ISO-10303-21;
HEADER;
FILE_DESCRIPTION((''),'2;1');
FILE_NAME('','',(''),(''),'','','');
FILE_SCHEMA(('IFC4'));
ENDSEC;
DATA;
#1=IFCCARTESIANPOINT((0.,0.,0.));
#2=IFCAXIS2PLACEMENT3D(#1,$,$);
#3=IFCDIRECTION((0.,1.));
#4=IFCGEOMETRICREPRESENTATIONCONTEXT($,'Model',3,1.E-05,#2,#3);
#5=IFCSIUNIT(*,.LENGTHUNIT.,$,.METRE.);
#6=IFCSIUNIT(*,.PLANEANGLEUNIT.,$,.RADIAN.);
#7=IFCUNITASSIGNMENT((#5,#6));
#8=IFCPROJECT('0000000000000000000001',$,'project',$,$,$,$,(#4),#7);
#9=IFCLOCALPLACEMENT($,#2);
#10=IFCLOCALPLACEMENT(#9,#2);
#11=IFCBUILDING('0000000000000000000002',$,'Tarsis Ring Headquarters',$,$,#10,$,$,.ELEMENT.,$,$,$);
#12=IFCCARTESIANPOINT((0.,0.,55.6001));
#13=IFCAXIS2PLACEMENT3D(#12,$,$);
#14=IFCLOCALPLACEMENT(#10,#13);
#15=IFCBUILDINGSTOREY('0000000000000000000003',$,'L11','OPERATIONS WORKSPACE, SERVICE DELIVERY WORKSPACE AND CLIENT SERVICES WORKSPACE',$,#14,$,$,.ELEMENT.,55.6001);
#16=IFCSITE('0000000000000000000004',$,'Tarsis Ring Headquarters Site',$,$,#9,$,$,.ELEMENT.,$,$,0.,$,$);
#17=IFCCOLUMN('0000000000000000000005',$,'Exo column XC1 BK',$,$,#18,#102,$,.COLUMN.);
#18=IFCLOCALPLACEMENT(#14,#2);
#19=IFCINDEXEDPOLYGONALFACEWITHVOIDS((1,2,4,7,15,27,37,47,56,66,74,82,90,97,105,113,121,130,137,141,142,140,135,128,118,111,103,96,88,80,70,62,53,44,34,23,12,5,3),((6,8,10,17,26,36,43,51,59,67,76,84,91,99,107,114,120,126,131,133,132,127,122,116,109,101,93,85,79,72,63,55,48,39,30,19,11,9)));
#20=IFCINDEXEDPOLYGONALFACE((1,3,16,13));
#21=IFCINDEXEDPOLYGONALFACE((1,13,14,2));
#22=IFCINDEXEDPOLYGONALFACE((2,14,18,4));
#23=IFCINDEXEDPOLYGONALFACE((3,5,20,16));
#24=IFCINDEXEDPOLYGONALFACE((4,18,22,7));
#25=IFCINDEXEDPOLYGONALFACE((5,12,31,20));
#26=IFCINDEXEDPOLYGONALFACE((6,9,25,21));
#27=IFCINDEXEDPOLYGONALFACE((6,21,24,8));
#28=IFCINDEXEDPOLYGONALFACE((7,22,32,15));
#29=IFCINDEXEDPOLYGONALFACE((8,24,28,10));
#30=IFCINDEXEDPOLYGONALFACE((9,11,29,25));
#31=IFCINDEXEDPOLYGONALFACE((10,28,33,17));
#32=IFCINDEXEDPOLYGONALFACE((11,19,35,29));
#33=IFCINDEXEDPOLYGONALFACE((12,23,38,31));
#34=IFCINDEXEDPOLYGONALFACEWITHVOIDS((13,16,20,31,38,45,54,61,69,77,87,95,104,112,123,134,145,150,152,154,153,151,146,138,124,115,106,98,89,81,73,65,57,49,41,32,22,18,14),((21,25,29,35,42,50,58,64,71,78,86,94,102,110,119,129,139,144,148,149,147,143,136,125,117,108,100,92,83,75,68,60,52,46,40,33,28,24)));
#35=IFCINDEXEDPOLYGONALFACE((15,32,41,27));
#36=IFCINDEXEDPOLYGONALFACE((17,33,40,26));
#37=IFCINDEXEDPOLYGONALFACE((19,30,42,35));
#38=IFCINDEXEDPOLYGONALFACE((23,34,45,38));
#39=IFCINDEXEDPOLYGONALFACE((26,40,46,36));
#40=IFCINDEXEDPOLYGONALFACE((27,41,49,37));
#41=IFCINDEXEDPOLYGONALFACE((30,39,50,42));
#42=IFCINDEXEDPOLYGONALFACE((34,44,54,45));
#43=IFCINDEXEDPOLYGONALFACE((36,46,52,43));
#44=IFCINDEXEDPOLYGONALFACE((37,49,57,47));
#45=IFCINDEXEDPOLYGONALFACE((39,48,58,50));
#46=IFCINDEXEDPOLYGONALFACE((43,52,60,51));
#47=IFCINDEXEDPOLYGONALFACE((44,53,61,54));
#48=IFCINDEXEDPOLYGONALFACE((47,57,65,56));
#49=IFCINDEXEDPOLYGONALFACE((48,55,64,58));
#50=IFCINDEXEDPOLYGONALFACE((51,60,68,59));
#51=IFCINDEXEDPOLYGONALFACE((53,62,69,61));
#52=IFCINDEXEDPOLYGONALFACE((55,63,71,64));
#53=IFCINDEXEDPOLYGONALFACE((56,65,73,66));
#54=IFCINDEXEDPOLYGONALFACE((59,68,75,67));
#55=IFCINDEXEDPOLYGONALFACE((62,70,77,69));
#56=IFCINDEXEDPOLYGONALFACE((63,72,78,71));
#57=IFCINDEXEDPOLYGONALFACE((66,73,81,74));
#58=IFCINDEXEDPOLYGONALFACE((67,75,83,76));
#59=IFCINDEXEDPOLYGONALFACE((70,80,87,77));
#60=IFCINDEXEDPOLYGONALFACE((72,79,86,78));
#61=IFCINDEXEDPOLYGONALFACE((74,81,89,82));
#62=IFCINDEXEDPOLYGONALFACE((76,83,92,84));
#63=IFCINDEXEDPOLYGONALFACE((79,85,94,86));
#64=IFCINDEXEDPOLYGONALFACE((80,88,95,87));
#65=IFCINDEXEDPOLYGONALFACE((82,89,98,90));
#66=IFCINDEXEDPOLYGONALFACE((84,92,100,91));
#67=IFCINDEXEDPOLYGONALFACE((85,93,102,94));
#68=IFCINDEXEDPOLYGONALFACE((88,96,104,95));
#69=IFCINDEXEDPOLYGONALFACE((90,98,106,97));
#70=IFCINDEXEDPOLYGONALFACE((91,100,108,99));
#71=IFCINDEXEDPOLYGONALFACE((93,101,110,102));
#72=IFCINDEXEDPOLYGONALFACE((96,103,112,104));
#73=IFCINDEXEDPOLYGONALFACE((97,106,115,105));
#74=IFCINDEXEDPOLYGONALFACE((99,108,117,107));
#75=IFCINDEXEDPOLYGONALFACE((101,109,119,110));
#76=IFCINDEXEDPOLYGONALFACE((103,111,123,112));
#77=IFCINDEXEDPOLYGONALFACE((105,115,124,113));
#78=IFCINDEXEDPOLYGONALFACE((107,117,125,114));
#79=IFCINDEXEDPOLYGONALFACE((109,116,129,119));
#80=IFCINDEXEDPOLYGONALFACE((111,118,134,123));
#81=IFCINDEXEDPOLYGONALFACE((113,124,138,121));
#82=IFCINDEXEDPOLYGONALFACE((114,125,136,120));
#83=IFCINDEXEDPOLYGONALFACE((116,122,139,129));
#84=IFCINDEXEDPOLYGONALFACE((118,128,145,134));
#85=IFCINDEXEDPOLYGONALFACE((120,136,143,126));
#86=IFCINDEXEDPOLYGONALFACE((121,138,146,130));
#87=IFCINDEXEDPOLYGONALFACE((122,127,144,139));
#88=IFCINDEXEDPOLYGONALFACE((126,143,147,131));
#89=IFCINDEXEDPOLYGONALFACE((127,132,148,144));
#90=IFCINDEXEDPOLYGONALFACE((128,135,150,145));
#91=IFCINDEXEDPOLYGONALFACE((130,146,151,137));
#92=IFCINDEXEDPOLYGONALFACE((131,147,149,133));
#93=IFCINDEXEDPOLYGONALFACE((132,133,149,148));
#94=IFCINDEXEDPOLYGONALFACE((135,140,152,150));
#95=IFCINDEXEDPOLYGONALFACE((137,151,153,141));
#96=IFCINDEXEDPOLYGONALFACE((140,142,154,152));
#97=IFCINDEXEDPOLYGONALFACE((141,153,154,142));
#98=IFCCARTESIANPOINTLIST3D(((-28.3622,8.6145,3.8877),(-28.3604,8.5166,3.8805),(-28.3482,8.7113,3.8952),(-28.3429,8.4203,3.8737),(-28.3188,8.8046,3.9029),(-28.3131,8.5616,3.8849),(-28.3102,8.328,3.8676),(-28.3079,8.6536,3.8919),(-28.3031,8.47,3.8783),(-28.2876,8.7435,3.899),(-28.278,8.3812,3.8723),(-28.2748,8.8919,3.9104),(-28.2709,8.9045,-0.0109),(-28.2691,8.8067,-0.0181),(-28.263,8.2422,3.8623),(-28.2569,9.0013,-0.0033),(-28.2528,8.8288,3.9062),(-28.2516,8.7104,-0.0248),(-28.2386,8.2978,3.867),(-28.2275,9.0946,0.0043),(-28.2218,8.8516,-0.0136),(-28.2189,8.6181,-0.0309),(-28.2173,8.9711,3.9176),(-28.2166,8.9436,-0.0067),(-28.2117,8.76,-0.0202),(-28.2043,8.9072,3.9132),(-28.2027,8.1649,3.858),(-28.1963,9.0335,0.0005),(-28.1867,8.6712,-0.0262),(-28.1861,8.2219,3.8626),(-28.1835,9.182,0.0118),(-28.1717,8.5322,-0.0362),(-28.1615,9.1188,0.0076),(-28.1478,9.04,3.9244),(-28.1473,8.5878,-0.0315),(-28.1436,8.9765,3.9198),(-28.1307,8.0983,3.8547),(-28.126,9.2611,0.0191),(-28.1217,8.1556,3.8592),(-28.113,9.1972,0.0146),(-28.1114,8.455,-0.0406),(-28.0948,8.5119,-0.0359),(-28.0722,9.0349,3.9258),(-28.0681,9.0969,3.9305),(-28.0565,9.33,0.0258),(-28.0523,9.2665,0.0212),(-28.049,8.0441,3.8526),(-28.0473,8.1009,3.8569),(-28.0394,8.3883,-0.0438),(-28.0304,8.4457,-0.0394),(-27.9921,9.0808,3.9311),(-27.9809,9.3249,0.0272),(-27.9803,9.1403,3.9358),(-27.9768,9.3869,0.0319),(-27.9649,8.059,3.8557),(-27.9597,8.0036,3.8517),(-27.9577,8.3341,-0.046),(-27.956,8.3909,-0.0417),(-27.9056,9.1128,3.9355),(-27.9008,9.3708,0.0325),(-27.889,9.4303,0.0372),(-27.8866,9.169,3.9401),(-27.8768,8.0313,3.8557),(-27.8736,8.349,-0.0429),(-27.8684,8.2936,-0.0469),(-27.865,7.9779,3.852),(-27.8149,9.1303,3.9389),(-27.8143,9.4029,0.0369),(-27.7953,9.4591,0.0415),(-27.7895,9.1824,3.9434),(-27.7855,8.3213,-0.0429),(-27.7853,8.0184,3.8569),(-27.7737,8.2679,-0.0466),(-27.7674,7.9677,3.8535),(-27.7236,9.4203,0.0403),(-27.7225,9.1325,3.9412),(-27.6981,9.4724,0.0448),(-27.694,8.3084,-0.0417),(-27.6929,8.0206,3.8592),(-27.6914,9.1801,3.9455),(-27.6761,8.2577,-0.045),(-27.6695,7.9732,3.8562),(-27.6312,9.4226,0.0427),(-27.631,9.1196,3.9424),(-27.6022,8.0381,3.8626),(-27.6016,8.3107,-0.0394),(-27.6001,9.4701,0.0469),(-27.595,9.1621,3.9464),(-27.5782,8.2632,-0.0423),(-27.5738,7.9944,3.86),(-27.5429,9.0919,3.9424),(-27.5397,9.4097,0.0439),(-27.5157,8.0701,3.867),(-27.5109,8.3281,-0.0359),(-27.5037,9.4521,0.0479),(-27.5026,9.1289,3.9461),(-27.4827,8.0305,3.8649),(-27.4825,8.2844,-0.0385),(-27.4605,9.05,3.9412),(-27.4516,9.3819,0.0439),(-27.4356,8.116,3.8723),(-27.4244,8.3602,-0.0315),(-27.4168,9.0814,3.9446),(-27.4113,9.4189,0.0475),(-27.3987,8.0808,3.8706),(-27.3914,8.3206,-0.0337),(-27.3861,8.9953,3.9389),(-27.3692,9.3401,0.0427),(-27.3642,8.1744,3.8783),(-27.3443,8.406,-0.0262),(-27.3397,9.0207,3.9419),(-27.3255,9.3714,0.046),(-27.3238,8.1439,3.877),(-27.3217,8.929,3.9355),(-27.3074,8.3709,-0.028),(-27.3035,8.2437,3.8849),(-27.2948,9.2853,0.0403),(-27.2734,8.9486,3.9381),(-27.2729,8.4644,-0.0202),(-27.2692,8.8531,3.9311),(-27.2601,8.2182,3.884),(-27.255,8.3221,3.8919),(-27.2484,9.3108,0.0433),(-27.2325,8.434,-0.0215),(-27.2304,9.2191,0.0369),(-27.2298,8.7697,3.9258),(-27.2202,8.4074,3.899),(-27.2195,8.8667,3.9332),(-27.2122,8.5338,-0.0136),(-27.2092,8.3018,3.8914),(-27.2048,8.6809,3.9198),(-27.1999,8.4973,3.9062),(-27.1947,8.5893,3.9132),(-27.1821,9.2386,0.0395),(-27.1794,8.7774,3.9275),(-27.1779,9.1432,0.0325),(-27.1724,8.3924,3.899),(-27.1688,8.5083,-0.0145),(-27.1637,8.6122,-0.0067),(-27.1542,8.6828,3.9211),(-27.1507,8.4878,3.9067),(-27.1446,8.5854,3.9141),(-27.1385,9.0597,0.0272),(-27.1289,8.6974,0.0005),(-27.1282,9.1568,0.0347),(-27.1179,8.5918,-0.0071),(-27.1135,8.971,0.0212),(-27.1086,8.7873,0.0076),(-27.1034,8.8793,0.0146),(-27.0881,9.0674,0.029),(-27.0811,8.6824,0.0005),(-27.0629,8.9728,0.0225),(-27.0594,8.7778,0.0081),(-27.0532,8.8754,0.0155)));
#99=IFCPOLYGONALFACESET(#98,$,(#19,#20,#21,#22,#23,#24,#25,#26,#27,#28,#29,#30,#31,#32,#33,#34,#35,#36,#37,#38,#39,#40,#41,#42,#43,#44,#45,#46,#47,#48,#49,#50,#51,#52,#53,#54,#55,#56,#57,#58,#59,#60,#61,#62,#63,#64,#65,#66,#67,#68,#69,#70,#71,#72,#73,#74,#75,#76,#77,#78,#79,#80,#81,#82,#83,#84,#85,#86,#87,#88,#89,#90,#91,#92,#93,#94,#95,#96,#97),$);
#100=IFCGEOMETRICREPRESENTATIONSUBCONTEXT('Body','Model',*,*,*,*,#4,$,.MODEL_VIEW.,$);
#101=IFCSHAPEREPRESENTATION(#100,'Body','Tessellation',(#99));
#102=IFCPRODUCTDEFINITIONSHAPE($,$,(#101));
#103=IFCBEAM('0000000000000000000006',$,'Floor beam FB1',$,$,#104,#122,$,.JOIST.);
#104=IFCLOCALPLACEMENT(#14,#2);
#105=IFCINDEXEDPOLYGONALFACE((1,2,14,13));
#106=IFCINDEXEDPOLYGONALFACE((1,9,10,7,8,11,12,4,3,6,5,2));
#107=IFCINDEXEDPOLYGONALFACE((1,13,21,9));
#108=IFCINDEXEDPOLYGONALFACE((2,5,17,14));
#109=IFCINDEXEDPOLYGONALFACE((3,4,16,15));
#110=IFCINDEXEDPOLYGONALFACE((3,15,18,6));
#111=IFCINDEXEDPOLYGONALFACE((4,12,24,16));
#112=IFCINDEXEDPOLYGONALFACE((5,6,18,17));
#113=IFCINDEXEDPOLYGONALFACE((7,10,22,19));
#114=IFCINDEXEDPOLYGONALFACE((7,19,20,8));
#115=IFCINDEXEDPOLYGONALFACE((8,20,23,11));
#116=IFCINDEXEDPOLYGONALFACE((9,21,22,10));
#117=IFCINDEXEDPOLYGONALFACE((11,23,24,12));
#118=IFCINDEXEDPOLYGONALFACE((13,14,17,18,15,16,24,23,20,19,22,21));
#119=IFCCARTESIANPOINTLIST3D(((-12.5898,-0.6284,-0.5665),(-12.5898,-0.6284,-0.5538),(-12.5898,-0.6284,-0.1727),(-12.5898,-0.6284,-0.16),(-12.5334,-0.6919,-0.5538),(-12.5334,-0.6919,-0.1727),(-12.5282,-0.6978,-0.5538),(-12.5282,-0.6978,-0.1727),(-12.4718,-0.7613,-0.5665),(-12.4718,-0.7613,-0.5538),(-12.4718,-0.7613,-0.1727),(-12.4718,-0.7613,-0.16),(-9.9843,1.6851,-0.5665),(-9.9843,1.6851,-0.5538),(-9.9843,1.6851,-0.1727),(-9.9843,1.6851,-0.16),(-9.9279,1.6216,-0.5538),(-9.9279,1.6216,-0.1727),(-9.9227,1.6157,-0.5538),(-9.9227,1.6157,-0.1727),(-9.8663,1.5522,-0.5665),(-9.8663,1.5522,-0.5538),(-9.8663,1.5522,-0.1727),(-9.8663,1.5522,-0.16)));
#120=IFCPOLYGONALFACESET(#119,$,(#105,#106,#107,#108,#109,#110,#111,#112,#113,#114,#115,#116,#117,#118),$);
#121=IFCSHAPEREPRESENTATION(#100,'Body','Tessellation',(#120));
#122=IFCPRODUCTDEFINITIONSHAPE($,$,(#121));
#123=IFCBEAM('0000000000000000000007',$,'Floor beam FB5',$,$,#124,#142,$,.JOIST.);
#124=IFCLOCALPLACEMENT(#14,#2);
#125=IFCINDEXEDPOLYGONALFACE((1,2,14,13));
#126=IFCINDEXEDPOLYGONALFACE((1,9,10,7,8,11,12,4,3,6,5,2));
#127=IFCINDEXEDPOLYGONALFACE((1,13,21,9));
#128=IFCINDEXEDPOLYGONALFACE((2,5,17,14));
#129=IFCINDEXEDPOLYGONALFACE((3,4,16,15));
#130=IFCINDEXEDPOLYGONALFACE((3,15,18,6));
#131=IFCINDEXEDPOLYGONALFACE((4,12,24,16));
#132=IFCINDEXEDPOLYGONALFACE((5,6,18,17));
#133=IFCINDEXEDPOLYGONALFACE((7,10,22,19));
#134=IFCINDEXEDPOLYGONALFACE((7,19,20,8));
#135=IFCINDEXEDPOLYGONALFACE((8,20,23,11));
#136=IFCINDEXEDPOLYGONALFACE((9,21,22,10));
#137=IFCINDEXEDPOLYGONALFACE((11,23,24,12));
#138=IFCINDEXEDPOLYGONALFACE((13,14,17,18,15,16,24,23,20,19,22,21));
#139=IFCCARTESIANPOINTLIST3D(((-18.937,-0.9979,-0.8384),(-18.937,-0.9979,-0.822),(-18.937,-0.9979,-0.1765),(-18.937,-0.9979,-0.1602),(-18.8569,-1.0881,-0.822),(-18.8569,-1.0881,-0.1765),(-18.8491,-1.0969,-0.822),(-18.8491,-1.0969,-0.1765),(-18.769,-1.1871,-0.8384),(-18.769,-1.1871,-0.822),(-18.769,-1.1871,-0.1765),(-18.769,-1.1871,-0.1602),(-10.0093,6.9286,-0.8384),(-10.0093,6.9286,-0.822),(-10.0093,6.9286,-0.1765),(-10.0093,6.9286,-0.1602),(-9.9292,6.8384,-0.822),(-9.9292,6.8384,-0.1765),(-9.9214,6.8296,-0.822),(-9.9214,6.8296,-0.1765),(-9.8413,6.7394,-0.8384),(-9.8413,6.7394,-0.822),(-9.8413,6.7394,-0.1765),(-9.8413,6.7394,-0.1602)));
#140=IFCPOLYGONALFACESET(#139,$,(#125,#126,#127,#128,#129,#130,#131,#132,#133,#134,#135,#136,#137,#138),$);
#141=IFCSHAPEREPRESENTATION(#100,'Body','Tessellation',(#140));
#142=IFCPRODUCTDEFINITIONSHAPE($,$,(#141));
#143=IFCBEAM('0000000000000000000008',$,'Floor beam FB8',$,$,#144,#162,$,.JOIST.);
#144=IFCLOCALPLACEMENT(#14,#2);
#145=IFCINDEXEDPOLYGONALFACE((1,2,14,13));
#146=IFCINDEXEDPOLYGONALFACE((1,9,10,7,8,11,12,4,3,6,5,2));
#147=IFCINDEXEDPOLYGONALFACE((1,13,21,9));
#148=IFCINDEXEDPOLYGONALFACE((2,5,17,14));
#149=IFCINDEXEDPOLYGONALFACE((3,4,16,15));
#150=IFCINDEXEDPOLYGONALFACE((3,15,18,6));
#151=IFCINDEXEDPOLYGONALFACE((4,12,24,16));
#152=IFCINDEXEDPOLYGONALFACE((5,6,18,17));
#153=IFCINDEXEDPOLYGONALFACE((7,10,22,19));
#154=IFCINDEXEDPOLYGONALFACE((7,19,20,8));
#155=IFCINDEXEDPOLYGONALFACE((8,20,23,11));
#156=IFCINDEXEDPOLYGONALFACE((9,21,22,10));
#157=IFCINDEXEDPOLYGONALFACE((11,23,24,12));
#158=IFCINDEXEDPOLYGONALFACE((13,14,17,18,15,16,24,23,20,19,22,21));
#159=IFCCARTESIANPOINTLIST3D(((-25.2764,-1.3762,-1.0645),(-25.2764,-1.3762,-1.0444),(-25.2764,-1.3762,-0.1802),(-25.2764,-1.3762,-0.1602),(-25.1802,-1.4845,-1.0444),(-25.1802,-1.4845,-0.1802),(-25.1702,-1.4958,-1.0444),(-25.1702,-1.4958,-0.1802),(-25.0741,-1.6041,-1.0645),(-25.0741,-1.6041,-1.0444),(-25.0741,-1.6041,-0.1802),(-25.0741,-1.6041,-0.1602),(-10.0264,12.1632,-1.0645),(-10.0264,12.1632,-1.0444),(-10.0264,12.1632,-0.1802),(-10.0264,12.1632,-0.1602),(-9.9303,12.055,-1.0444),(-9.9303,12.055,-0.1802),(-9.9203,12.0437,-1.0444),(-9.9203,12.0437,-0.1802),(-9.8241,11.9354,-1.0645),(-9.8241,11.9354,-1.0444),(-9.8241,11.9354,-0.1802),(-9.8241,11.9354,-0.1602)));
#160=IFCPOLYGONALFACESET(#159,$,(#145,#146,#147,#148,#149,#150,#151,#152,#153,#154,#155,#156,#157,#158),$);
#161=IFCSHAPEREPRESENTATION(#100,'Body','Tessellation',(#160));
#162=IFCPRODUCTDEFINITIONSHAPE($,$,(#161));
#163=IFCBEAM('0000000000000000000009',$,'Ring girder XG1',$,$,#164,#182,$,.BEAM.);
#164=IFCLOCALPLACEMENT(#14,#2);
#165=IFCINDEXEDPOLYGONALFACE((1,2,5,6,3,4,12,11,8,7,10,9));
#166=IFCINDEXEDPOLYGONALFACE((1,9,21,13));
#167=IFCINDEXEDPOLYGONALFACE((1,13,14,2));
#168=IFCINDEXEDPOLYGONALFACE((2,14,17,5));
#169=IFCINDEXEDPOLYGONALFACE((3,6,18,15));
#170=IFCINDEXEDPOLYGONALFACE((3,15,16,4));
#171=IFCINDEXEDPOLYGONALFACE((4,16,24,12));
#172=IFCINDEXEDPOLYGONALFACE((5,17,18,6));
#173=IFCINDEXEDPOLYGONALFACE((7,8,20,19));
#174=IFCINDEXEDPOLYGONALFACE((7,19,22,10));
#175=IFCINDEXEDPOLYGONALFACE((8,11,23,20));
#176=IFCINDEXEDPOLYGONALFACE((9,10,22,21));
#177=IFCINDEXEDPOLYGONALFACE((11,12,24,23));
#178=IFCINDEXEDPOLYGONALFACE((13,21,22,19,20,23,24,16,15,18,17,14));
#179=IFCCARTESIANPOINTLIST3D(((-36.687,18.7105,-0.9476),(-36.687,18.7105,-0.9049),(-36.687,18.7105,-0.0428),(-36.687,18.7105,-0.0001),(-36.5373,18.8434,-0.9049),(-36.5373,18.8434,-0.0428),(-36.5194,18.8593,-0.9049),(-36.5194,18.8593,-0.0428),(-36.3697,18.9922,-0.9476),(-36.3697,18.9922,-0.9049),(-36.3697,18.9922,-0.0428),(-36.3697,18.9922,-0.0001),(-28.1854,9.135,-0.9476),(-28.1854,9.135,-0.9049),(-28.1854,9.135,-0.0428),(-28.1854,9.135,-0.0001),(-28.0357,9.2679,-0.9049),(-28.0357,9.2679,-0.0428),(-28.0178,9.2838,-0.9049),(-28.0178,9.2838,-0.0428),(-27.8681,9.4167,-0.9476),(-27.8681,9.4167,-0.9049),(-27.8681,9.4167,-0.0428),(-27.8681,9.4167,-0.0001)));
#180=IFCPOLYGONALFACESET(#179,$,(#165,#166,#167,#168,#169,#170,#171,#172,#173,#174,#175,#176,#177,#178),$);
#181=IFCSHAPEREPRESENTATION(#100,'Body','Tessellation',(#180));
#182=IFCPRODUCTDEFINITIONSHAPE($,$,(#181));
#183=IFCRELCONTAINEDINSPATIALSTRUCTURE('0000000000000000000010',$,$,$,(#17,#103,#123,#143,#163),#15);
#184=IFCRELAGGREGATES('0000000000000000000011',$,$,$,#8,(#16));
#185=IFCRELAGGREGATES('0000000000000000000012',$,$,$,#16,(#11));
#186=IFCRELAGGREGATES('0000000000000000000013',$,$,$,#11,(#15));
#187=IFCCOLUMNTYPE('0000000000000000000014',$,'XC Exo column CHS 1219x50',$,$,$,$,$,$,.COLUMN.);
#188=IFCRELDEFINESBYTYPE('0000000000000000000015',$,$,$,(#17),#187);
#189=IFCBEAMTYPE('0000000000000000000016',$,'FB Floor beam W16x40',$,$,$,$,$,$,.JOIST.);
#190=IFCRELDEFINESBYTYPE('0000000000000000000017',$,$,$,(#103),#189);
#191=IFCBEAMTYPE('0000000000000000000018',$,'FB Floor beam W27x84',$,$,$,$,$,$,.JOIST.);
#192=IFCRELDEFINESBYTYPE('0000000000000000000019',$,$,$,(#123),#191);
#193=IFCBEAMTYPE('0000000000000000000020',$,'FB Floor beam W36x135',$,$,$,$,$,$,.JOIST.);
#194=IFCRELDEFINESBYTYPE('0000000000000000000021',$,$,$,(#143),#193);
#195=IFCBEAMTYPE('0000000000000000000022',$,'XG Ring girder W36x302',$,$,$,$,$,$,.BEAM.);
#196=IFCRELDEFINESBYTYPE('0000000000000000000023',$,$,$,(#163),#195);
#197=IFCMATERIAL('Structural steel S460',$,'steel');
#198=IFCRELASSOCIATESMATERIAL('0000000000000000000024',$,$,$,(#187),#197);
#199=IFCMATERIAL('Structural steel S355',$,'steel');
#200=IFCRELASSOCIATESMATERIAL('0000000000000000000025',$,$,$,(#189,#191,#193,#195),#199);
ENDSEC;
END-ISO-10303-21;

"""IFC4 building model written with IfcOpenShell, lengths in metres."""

from ifc_helpers import new_model, si_unit, direction, frame, origin, origin_2d, place, context, subcontext, project, spatial, hollow_circle, i_section, extrude, material, material_profile, profile_set, type_object, element, save


model = new_model("IFC4")

# Units and contexts
model_context = context("Model", 3, precision=1e-05, world=origin(), true_north=direction((0.0, 1.0)))
body_context = subcontext(model_context, "Body", "Model", "MODEL_VIEW")
ifc_project = project(units=[si_unit("LENGTHUNIT", "METRE"), si_unit("PLANEANGLEUNIT", "RADIAN")], contexts=[model_context])

# Site, building, storey
site_placement = place(None, origin())
site = spatial("IfcSite", under=ifc_project, at=site_placement, Name="Tarsis Ring Headquarters Site", CompositionType="ELEMENT", RefElevation=0.0)
building_placement = place(site_placement, origin())
building = spatial("IfcBuilding", under=site, at=building_placement, Name="Tarsis Ring Headquarters", CompositionType="ELEMENT")
storey_placement = place(building_placement, frame((0.0, 0.0, 55.6001)))
storey = spatial("IfcBuildingStorey", under=building, at=storey_placement, Name="L11", Description="OPERATIONS WORKSPACE, SERVICE DELIVERY WORKSPACE AND CLIENT SERVICES WORKSPACE", CompositionType="ELEMENT", Elevation=55.6001)

# Column
ifc_material_1 = material(Name="Structural steel S460", Category="steel")
ifc_material_profile_1 = material_profile(ifc_material_1, hollow_circle(Radius=0.6096, WallThickness=0.05, at=origin_2d()), Name="CHS 1219x50")
ifc_profile_set_1 = profile_set([ifc_material_profile_1], Name="Structural steel S460")
column_type = type_object("IfcColumnType", Name="XC Exo column CHS 1219x50", PredefinedType="COLUMN", material=ifc_profile_set_1)
column_placement = place(storey_placement, frame((-27.6626, 8.8655, 0.0005), z_axis=(-0.023349, -0.074169, 0.996972), x_axis=(0.953849, -0.300286, 0.0)))
element("IfcColumn", 1, at=column_placement, inside=storey, type_object=column_type, Name="Exo column XC1 BK", PredefinedType="COLUMN", context=body_context, shape_type="SweptSolid", body=[
    extrude(hollow_circle(Radius=0.6096, WallThickness=0.05, at=origin_2d()), origin(), (0.0, 0.0, 1.0), 3.9104),
])

# Beams
ifc_material_2 = material(Name="Structural steel S355", Category="steel")
ifc_material_profile_2 = material_profile(ifc_material_2, i_section(OverallWidth=0.1777, OverallDepth=0.4065, WebThickness=0.0078, FlangeThickness=0.0127, at=origin_2d()), Name="W16x40")
ifc_profile_set_2 = profile_set([ifc_material_profile_2], Name="Structural steel S355")
beam_type_1 = type_object("IfcBeamType", Name="FB Floor beam W16x40", PredefinedType="JOIST", material=ifc_profile_set_2)
beam_1_placement = place(storey_placement, frame((-9.9253, 1.6187, -0.3633), z_axis=(-0.747765, -0.663964, 0.0), x_axis=(0.663964, -0.747765, 0.0)))
element("IfcBeam", 2, at=beam_1_placement, inside=storey, type_object=beam_type_1, Name="Floor beam FB1", PredefinedType="JOIST", context=body_context, shape_type="SweptSolid", body=[
    extrude(i_section(OverallWidth=0.1777, OverallDepth=0.4065, WebThickness=0.0078, FlangeThickness=0.0127, at=origin_2d()), origin(), (0.0, 0.0, 1.0), 3.4844),
])
ifc_material_profile_3 = material_profile(ifc_material_2, i_section(OverallWidth=0.2529, OverallDepth=0.6782, WebThickness=0.0117, FlangeThickness=0.0164, at=origin_2d()), Name="W27x84")
ifc_profile_set_3 = profile_set([ifc_material_profile_3], Name="Structural steel S355")
beam_type_2 = type_object("IfcBeamType", Name="FB Floor beam W27x84", PredefinedType="JOIST", material=ifc_profile_set_3)
beam_2_placement = place(storey_placement, frame((-9.9253, 6.834, -0.4993), z_axis=(-0.747794, -0.663931, 0.0), x_axis=(0.663931, -0.747794, 0.0)))
element("IfcBeam", 3, at=beam_2_placement, inside=storey, type_object=beam_type_2, Name="Floor beam FB5", PredefinedType="JOIST", context=body_context, shape_type="SweptSolid", body=[
    extrude(i_section(OverallWidth=0.2529, OverallDepth=0.6782, WebThickness=0.0117, FlangeThickness=0.0164, at=origin_2d()), origin(), (0.0, 0.0, 1.0), 11.9387),
])
ifc_material_profile_4 = material_profile(ifc_material_2, i_section(OverallWidth=0.3047, OverallDepth=0.9043, WebThickness=0.0151, FlangeThickness=0.02, at=origin_2d()), Name="W36x135")
ifc_profile_set_4 = profile_set([ifc_material_profile_4], Name="Structural steel S355")
beam_type_3 = type_object("IfcBeamType", Name="FB Floor beam W36x135", PredefinedType="JOIST", material=ifc_profile_set_4)
beam_3_placement = place(storey_placement, frame((-9.9253, 12.0493, -0.6123), z_axis=(-0.747799, -0.663925, 0.0), x_axis=(0.663925, -0.747799, 0.0)))
element("IfcBeam", 4, at=beam_3_placement, inside=storey, type_object=beam_type_3, Name="Floor beam FB8", PredefinedType="JOIST", context=body_context, shape_type="SweptSolid", body=[
    extrude(i_section(OverallWidth=0.3047, OverallDepth=0.9043, WebThickness=0.0151, FlangeThickness=0.02, at=origin_2d()), origin(), (0.0, 0.0, 1.0), 20.3931),
])
ifc_material_profile_5 = material_profile(ifc_material_2, i_section(OverallWidth=0.4243, OverallDepth=0.9475, WebThickness=0.0239, FlangeThickness=0.0427, at=origin_2d()), Name="W36x302")
ifc_profile_set_5 = profile_set([ifc_material_profile_5], Name="Structural steel S355")
beam_type_4 = type_object("IfcBeamType", Name="XG Ring girder W36x302", PredefinedType="BEAM", material=ifc_profile_set_5)
beam_4_placement = place(storey_placement, frame((-36.5283, 18.8513, -0.4739), z_axis=(0.663926, -0.747798, 0.0), x_axis=(0.747798, 0.663926, 0.0)))
element("IfcBeam", 5, at=beam_4_placement, inside=storey, type_object=beam_type_4, Name="Ring girder XG1", PredefinedType="BEAM", context=body_context, shape_type="SweptSolid", body=[
    extrude(i_section(OverallWidth=0.4243, OverallDepth=0.9475, WebThickness=0.0239, FlangeThickness=0.0427, at=origin_2d()), origin(), (0.0, 0.0, 1.0), 12.8049),
])

save(model, "model.ifc")
